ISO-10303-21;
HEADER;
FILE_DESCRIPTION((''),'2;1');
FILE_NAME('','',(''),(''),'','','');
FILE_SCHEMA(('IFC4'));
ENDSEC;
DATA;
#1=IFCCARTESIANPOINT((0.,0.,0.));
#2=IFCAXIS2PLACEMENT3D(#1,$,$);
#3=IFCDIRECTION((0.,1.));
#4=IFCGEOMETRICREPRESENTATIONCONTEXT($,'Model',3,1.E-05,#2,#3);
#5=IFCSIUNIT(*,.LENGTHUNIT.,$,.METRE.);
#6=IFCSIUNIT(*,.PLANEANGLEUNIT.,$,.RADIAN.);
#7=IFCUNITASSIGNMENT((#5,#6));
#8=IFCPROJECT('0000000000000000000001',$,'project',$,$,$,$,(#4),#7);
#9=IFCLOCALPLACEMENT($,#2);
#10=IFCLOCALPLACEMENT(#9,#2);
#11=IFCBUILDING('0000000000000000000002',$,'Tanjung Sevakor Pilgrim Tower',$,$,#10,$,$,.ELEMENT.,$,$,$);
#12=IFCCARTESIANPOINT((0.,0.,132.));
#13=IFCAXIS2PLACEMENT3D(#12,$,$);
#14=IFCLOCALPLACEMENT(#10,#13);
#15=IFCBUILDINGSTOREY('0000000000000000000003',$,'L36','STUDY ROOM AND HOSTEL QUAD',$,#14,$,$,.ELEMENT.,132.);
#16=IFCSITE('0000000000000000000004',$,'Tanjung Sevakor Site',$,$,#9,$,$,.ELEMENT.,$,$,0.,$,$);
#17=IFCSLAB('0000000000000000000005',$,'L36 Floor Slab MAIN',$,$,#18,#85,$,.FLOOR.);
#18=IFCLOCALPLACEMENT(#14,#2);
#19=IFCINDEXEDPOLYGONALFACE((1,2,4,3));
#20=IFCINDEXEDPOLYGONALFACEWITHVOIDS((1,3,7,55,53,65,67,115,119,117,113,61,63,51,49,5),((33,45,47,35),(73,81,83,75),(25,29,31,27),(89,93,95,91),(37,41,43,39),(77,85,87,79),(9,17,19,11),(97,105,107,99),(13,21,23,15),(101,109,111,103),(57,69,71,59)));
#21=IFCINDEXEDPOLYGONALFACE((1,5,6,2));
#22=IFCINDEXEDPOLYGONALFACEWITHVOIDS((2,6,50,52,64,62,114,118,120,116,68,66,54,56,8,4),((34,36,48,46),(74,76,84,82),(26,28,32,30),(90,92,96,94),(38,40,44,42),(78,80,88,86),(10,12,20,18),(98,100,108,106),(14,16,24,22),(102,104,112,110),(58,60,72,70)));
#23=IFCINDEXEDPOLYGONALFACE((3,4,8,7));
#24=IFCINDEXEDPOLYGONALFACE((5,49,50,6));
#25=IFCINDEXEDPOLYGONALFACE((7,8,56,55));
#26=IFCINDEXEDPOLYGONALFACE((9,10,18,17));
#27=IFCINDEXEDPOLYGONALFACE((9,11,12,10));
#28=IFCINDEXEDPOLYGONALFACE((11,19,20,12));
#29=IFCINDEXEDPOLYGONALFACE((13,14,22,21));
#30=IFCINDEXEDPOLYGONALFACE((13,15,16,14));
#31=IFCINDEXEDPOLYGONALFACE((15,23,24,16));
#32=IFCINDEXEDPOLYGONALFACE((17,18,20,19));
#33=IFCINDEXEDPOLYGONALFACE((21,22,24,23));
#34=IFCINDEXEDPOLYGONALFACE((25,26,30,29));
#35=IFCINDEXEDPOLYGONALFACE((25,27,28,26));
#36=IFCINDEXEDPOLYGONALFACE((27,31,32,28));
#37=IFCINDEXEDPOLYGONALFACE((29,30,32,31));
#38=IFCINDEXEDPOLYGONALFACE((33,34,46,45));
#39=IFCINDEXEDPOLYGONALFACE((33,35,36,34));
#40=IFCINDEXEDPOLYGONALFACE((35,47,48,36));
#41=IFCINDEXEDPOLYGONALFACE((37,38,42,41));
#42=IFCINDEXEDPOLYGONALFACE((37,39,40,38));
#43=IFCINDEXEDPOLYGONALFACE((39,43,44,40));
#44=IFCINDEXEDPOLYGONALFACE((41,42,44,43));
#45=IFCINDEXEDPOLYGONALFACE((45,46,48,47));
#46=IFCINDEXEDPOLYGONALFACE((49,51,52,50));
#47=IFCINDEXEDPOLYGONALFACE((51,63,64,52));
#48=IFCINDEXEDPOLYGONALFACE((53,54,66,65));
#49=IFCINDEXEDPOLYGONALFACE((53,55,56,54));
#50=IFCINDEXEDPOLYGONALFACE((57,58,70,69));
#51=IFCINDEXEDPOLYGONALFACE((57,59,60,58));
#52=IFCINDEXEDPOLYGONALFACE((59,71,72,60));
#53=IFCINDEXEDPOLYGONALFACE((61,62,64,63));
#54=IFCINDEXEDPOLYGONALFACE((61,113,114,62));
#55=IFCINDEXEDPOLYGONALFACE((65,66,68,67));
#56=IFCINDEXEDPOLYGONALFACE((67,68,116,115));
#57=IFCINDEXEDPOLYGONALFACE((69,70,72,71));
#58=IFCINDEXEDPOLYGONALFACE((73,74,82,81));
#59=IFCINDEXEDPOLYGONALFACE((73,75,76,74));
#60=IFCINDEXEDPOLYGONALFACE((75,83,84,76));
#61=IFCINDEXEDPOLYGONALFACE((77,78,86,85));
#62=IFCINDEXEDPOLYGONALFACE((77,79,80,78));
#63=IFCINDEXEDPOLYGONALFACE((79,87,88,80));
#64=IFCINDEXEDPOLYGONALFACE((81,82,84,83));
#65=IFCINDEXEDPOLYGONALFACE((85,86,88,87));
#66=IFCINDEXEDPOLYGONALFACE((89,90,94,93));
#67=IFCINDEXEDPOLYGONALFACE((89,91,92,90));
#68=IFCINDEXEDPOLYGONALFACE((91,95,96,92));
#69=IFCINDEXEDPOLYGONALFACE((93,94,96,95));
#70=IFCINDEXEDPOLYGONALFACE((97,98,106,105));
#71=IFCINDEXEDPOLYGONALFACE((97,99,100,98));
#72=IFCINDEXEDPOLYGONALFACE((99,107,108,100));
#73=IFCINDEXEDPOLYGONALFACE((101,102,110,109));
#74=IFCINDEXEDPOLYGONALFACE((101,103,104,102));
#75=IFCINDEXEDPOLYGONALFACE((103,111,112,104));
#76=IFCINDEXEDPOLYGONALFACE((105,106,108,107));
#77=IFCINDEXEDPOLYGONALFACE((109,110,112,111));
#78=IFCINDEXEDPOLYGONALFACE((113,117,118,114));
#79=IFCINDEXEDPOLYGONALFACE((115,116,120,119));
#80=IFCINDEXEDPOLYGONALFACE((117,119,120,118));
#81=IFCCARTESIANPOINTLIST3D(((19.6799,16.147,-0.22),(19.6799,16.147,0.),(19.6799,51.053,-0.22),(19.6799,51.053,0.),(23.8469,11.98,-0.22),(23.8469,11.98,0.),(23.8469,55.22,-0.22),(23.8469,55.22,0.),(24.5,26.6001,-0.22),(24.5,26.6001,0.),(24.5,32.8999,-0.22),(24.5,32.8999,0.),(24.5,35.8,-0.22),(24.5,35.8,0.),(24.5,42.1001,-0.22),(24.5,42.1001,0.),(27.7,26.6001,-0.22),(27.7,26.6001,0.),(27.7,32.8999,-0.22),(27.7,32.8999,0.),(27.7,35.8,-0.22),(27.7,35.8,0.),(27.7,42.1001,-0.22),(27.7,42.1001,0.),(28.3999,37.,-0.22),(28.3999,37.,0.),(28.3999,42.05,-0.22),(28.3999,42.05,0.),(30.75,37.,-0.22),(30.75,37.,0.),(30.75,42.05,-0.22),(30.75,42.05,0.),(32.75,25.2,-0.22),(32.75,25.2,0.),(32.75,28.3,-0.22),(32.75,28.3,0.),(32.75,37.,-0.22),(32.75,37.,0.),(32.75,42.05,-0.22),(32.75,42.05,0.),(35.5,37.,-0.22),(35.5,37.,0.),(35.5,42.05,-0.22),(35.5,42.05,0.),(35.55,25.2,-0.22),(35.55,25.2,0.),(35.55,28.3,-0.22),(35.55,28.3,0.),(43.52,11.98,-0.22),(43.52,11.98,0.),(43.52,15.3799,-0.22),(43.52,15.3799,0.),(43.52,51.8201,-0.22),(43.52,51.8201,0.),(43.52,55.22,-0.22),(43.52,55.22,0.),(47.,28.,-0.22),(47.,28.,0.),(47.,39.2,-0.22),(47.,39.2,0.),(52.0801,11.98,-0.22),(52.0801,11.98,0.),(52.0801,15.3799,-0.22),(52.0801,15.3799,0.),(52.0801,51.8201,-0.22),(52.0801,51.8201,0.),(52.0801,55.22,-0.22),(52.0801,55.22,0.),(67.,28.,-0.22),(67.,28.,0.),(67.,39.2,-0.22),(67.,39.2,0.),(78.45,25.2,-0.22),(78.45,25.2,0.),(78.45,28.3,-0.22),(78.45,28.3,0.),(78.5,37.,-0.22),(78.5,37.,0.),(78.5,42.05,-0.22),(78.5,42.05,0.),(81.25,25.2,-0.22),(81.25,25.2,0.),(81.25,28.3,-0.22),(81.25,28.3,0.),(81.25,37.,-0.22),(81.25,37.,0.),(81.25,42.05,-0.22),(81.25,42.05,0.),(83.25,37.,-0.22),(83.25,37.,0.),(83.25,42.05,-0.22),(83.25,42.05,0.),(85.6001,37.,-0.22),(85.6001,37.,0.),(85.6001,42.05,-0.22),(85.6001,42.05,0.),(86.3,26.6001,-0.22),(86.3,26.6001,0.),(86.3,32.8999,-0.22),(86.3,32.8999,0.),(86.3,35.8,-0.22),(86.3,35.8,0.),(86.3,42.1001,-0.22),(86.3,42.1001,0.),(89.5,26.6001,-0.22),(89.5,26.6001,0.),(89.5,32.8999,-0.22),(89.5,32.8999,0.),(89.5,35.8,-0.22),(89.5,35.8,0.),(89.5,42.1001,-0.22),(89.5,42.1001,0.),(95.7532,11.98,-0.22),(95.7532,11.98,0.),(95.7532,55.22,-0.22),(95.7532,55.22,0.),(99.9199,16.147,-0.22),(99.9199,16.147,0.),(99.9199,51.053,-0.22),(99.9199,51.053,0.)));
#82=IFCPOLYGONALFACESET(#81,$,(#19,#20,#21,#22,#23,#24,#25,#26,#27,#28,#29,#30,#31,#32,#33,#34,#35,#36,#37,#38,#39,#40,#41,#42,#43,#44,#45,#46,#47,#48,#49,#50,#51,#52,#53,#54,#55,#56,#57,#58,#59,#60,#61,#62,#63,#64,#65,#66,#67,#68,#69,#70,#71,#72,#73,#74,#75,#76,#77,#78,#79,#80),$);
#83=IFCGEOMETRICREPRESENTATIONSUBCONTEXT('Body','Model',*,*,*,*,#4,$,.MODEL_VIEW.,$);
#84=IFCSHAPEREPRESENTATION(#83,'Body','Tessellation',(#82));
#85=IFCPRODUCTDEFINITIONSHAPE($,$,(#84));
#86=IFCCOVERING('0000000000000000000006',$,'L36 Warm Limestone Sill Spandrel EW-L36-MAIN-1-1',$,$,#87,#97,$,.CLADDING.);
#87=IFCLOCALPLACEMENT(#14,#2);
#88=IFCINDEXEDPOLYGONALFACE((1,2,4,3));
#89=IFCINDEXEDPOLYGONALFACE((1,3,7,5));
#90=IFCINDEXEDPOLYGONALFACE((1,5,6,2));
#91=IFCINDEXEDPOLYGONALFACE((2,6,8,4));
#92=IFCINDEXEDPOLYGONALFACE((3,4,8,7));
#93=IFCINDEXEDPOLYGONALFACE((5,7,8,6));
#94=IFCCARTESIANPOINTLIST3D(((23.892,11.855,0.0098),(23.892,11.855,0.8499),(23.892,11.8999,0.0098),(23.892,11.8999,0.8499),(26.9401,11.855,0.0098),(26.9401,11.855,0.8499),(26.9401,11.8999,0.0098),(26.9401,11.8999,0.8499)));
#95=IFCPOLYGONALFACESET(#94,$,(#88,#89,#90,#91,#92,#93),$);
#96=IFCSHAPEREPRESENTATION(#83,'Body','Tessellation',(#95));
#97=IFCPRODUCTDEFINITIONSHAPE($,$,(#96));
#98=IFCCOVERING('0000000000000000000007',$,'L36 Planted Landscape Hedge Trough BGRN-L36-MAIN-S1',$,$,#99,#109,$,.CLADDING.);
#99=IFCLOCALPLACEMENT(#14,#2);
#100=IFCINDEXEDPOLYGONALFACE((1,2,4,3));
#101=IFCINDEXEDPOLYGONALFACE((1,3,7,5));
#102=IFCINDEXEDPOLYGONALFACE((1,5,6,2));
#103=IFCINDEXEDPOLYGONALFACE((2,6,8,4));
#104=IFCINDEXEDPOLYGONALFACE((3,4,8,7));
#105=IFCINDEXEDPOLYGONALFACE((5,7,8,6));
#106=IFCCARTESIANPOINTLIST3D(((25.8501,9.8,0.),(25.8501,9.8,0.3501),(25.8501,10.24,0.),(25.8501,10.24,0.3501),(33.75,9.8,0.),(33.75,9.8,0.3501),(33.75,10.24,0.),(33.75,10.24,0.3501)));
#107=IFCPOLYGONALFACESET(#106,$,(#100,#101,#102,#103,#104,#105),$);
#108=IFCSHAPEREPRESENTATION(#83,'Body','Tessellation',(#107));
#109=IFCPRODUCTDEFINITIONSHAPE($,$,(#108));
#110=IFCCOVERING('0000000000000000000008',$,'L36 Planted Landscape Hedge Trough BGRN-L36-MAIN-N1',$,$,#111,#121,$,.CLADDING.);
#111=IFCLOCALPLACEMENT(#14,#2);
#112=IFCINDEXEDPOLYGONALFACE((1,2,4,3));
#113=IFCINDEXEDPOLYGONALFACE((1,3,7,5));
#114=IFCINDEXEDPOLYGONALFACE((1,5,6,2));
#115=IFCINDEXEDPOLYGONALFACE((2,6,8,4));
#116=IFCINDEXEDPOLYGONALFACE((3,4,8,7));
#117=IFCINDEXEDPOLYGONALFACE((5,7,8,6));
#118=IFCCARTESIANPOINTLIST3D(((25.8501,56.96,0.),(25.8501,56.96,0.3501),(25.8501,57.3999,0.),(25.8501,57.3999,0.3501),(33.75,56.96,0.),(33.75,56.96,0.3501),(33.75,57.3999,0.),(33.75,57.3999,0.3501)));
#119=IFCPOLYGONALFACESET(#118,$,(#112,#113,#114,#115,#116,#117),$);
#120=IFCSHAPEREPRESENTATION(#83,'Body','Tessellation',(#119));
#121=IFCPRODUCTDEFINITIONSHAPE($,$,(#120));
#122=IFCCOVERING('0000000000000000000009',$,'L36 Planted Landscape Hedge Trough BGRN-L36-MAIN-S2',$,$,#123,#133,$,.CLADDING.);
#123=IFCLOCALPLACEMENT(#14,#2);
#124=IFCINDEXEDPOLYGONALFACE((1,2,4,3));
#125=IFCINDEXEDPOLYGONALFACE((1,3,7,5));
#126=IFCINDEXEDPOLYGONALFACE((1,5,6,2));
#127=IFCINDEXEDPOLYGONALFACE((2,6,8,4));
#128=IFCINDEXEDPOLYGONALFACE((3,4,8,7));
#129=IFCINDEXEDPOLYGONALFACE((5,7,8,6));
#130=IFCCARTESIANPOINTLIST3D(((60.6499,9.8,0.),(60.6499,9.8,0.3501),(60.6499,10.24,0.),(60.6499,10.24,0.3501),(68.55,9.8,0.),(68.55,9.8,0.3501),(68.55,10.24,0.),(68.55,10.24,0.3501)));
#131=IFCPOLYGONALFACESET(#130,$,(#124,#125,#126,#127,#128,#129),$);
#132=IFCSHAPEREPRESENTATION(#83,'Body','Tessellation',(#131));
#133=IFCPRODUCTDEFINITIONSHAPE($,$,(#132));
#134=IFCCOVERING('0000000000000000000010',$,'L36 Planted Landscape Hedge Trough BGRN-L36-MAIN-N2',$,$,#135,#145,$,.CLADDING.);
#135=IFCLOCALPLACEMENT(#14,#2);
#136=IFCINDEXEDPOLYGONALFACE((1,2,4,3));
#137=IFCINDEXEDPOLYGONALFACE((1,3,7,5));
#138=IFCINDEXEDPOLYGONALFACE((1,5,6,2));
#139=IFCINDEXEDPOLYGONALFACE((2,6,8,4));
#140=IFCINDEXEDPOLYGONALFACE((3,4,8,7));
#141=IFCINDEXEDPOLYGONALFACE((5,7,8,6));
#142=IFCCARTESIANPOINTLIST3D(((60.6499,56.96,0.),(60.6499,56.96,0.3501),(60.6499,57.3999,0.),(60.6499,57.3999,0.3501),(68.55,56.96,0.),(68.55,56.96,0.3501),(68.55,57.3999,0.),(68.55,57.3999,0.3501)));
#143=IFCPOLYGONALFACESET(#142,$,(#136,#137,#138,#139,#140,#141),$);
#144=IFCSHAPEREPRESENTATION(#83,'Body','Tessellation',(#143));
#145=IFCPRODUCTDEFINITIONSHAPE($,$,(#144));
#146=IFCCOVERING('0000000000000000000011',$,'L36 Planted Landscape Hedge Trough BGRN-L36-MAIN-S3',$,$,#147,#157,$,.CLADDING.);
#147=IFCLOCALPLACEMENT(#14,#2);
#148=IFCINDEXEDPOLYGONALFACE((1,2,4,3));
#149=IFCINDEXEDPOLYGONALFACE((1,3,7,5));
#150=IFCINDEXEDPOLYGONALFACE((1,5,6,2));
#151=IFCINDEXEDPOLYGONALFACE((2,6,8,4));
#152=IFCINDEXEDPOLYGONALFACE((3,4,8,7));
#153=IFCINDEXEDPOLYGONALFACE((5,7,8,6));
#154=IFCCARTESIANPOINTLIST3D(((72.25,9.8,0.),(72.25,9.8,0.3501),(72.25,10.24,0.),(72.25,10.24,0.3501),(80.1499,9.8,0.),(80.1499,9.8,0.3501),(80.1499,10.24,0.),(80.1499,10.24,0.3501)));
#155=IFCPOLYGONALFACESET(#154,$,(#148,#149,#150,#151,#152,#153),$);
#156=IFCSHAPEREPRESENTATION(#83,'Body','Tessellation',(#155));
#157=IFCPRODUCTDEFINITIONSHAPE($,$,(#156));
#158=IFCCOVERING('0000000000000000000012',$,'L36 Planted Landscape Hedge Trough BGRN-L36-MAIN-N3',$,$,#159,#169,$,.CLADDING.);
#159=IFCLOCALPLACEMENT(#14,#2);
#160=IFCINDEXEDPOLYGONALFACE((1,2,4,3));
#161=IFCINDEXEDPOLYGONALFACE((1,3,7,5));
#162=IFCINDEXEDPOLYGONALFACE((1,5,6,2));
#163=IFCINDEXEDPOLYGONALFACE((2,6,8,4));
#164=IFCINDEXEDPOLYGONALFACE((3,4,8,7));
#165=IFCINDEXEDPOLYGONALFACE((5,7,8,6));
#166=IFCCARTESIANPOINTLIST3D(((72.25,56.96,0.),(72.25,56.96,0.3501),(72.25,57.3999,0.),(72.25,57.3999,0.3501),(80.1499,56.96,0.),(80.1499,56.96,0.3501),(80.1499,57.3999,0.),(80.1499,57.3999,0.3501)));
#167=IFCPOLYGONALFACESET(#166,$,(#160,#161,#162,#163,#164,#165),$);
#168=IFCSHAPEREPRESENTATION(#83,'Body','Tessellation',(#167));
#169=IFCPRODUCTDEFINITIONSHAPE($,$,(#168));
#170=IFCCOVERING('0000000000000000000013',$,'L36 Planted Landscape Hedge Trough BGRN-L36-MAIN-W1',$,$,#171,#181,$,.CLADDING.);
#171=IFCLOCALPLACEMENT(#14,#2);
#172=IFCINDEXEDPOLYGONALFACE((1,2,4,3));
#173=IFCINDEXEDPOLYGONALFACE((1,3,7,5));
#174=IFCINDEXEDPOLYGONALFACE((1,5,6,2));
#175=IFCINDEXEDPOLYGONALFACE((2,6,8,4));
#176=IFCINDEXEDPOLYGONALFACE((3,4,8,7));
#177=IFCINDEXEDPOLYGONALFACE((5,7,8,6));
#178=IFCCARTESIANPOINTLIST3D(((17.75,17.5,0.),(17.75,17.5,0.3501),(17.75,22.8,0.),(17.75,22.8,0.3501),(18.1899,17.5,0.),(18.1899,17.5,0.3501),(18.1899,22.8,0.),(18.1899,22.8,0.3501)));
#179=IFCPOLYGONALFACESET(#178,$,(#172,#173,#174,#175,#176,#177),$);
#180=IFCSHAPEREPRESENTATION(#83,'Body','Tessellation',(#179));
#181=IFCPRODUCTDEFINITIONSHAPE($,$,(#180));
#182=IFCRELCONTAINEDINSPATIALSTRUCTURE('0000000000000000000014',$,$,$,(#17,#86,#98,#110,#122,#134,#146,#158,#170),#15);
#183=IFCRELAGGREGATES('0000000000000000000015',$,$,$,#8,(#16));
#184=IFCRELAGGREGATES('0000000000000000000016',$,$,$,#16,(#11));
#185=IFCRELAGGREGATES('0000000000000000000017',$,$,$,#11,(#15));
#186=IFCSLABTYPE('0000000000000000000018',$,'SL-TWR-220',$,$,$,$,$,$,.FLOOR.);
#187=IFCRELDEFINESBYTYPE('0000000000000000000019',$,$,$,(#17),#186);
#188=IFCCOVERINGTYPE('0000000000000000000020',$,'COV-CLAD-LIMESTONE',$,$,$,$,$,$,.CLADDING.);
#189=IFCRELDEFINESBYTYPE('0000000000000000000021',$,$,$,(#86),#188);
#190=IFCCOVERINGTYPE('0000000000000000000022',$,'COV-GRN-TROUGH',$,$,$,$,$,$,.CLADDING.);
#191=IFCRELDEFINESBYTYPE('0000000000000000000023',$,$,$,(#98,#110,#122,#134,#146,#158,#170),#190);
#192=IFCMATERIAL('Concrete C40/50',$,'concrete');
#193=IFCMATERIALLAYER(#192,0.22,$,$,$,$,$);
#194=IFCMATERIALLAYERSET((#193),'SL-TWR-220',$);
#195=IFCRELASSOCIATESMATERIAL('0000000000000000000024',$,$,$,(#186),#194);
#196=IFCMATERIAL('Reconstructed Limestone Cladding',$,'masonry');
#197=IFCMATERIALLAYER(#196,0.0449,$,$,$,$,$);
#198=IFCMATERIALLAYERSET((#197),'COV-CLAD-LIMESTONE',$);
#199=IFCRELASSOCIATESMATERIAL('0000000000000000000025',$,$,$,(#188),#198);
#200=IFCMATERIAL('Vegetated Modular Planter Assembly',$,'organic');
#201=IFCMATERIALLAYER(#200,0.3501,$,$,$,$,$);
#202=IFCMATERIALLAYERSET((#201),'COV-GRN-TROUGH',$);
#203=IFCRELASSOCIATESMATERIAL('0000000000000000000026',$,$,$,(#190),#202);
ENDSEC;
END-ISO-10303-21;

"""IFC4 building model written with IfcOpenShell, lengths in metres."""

from ifc_helpers import new_model, si_unit, direction, frame, origin, origin_2d, place, context, subcontext, project, spatial, polyline, rectangle, outline, extrude, material, layer, layer_set, type_object, element, save


model = new_model("IFC4")

# Units and contexts
model_context = context("Model", 3, precision=1e-05, world=origin(), true_north=direction((0.0, 1.0)))
body_context = subcontext(model_context, "Body", "Model", "MODEL_VIEW")
ifc_project = project(units=[si_unit("LENGTHUNIT", "METRE"), si_unit("PLANEANGLEUNIT", "RADIAN")], contexts=[model_context])

# Site, building, storey
site_placement = place(None, origin())
site = spatial("IfcSite", under=ifc_project, at=site_placement, Name="Tanjung Sevakor Site", CompositionType="ELEMENT", RefElevation=0.0)
building_placement = place(site_placement, origin())
building = spatial("IfcBuilding", under=site, at=building_placement, Name="Tanjung Sevakor Pilgrim Tower", CompositionType="ELEMENT")
storey_placement = place(building_placement, frame((0.0, 0.0, 132.0)))
storey = spatial("IfcBuildingStorey", under=building, at=storey_placement, Name="L36", Description="STUDY ROOM AND HOSTEL QUAD", CompositionType="ELEMENT", Elevation=132.0)

# Slab
ifc_material_1 = material(Name="Concrete C40/50", Category="concrete")
ifc_layer_1 = layer(ifc_material_1, 0.22)
ifc_layer_set_1 = layer_set([ifc_layer_1], Name="SL-TWR-220")
slab_type_1 = type_object("IfcSlabType", Name="SL-TWR-220", PredefinedType="FLOOR", material=ifc_layer_set_1)
slab_1_placement = place(storey_placement, frame((0.0, 0.0, -0.22)))
element("IfcSlab", 1, at=slab_1_placement, inside=storey, type_object=slab_type_1, Name="L36 Floor Slab MAIN", PredefinedType="FLOOR", context=body_context, shape_type="SweptSolid", body=[
    extrude(outline(polyline([(23.8469, 11.98), (43.52, 11.98), (43.52, 15.3799), (52.0801, 15.3799), (52.0801, 11.98), (95.7532, 11.98), (99.9199, 16.147), (99.9199, 51.053), (95.7532, 55.22), (52.0801, 55.22), (52.0801, 51.8201), (43.52, 51.8201), (43.52, 55.22), (23.8469, 55.22), (19.6799, 51.053), (19.6799, 16.147), (23.8469, 11.98)]), holes=[polyline([(27.7, 26.6001), (27.7, 32.8999), (24.5, 32.8999), (24.5, 26.6001), (27.7, 26.6001)]), polyline([(27.7, 35.8), (27.7, 42.1001), (24.5, 42.1001), (24.5, 35.8), (27.7, 35.8)]), polyline([(89.5, 26.6001), (89.5, 32.8999), (86.3, 32.8999), (86.3, 26.6001), (89.5, 26.6001)]), polyline([(89.5, 35.8), (89.5, 42.1001), (86.3, 42.1001), (86.3, 35.8), (89.5, 35.8)]), polyline([(32.75, 25.2), (35.55, 25.2), (35.55, 28.3), (32.75, 28.3), (32.75, 25.2)]), polyline([(28.3999, 37.0), (30.75, 37.0), (30.75, 42.05), (28.3999, 42.05), (28.3999, 37.0)]), polyline([(32.75, 37.0), (35.5, 37.0), (35.5, 42.05), (32.75, 42.05), (32.75, 37.0)]), polyline([(78.45, 25.2), (81.25, 25.2), (81.25, 28.3), (78.45, 28.3), (78.45, 25.2)]), polyline([(83.25, 37.0), (85.6001, 37.0), (85.6001, 42.05), (83.25, 42.05), (83.25, 37.0)]), polyline([(78.5, 37.0), (81.25, 37.0), (81.25, 42.05), (78.5, 42.05), (78.5, 37.0)]), polyline([(47.0, 28.0), (67.0, 28.0), (67.0, 39.2), (47.0, 39.2), (47.0, 28.0)])]), origin(), (0.0, 0.0, 1.0), 0.22),
])

# Coverings
ifc_material_2 = material(Name="Reconstructed Limestone Cladding", Category="masonry")
ifc_layer_2 = layer(ifc_material_2, 0.0449)
ifc_layer_set_2 = layer_set([ifc_layer_2], Name="COV-CLAD-LIMESTONE")
covering_type_1 = type_object("IfcCoveringType", Name="COV-CLAD-LIMESTONE", PredefinedType="CLADDING", material=ifc_layer_set_2)
covering_1_placement = place(storey_placement, frame((25.416, 11.8774, 0.0098), z_axis=(0.0, 0.0, 1.0), x_axis=(1.0, 0.0, 0.0)))
element("IfcCovering", 2, at=covering_1_placement, inside=storey, type_object=covering_type_1, Name="L36 Warm Limestone Sill Spandrel EW-L36-MAIN-1-1", PredefinedType="CLADDING", context=body_context, shape_type="SweptSolid", body=[
    extrude(rectangle(XDim=3.0481, YDim=0.0449, at=origin_2d()), origin(), (0.0, 0.0, 1.0), 0.8401),
])
ifc_material_3 = material(Name="Vegetated Modular Planter Assembly", Category="organic")
ifc_layer_3 = layer(ifc_material_3, 0.3501)
ifc_layer_set_3 = layer_set([ifc_layer_3], Name="COV-GRN-TROUGH")
covering_type_2 = type_object("IfcCoveringType", Name="COV-GRN-TROUGH", PredefinedType="CLADDING", material=ifc_layer_set_3)
covering_2_placement = place(storey_placement, origin())
element("IfcCovering", 3, at=covering_2_placement, inside=storey, type_object=covering_type_2, Name="L36 Planted Landscape Hedge Trough BGRN-L36-MAIN-S1", PredefinedType="CLADDING", context=body_context, shape_type="SweptSolid", body=[
    extrude(outline(polyline([(25.8501, 9.8), (33.75, 9.8), (33.75, 10.24), (25.8501, 10.24), (25.8501, 9.8)])), origin(), (0.0, 0.0, 1.0), 0.3501),
])
covering_3_placement = place(storey_placement, origin())
element("IfcCovering", 4, at=covering_3_placement, inside=storey, type_object=covering_type_2, Name="L36 Planted Landscape Hedge Trough BGRN-L36-MAIN-N1", PredefinedType="CLADDING", context=body_context, shape_type="SweptSolid", body=[
    extrude(outline(polyline([(25.8501, 56.96), (33.75, 56.96), (33.75, 57.3999), (25.8501, 57.3999), (25.8501, 56.96)])), origin(), (0.0, 0.0, 1.0), 0.3501),
])
covering_4_placement = place(storey_placement, origin())
element("IfcCovering", 5, at=covering_4_placement, inside=storey, type_object=covering_type_2, Name="L36 Planted Landscape Hedge Trough BGRN-L36-MAIN-S2", PredefinedType="CLADDING", context=body_context, shape_type="SweptSolid", body=[
    extrude(outline(polyline([(60.6499, 9.8), (68.55, 9.8), (68.55, 10.24), (60.6499, 10.24), (60.6499, 9.8)])), origin(), (0.0, 0.0, 1.0), 0.3501),
])
covering_5_placement = place(storey_placement, origin())
element("IfcCovering", 6, at=covering_5_placement, inside=storey, type_object=covering_type_2, Name="L36 Planted Landscape Hedge Trough BGRN-L36-MAIN-N2", PredefinedType="CLADDING", context=body_context, shape_type="SweptSolid", body=[
    extrude(outline(polyline([(60.6499, 56.96), (68.55, 56.96), (68.55, 57.3999), (60.6499, 57.3999), (60.6499, 56.96)])), origin(), (0.0, 0.0, 1.0), 0.3501),
])
covering_6_placement = place(storey_placement, origin())
element("IfcCovering", 7, at=covering_6_placement, inside=storey, type_object=covering_type_2, Name="L36 Planted Landscape Hedge Trough BGRN-L36-MAIN-S3", PredefinedType="CLADDING", context=body_context, shape_type="SweptSolid", body=[
    extrude(outline(polyline([(72.25, 9.8), (80.1499, 9.8), (80.1499, 10.24), (72.25, 10.24), (72.25, 9.8)])), origin(), (0.0, 0.0, 1.0), 0.3501),
])
covering_7_placement = place(storey_placement, origin())
element("IfcCovering", 8, at=covering_7_placement, inside=storey, type_object=covering_type_2, Name="L36 Planted Landscape Hedge Trough BGRN-L36-MAIN-N3", PredefinedType="CLADDING", context=body_context, shape_type="SweptSolid", body=[
    extrude(outline(polyline([(72.25, 56.96), (80.1499, 56.96), (80.1499, 57.3999), (72.25, 57.3999), (72.25, 56.96)])), origin(), (0.0, 0.0, 1.0), 0.3501),
])
covering_8_placement = place(storey_placement, origin())
element("IfcCovering", 9, at=covering_8_placement, inside=storey, type_object=covering_type_2, Name="L36 Planted Landscape Hedge Trough BGRN-L36-MAIN-W1", PredefinedType="CLADDING", context=body_context, shape_type="SweptSolid", body=[
    extrude(outline(polyline([(18.1899, 17.5), (18.1899, 22.8), (17.75, 22.8), (17.75, 17.5), (18.1899, 17.5)])), origin(), (0.0, 0.0, 1.0), 0.3501),
])

save(model, "model.ifc")
